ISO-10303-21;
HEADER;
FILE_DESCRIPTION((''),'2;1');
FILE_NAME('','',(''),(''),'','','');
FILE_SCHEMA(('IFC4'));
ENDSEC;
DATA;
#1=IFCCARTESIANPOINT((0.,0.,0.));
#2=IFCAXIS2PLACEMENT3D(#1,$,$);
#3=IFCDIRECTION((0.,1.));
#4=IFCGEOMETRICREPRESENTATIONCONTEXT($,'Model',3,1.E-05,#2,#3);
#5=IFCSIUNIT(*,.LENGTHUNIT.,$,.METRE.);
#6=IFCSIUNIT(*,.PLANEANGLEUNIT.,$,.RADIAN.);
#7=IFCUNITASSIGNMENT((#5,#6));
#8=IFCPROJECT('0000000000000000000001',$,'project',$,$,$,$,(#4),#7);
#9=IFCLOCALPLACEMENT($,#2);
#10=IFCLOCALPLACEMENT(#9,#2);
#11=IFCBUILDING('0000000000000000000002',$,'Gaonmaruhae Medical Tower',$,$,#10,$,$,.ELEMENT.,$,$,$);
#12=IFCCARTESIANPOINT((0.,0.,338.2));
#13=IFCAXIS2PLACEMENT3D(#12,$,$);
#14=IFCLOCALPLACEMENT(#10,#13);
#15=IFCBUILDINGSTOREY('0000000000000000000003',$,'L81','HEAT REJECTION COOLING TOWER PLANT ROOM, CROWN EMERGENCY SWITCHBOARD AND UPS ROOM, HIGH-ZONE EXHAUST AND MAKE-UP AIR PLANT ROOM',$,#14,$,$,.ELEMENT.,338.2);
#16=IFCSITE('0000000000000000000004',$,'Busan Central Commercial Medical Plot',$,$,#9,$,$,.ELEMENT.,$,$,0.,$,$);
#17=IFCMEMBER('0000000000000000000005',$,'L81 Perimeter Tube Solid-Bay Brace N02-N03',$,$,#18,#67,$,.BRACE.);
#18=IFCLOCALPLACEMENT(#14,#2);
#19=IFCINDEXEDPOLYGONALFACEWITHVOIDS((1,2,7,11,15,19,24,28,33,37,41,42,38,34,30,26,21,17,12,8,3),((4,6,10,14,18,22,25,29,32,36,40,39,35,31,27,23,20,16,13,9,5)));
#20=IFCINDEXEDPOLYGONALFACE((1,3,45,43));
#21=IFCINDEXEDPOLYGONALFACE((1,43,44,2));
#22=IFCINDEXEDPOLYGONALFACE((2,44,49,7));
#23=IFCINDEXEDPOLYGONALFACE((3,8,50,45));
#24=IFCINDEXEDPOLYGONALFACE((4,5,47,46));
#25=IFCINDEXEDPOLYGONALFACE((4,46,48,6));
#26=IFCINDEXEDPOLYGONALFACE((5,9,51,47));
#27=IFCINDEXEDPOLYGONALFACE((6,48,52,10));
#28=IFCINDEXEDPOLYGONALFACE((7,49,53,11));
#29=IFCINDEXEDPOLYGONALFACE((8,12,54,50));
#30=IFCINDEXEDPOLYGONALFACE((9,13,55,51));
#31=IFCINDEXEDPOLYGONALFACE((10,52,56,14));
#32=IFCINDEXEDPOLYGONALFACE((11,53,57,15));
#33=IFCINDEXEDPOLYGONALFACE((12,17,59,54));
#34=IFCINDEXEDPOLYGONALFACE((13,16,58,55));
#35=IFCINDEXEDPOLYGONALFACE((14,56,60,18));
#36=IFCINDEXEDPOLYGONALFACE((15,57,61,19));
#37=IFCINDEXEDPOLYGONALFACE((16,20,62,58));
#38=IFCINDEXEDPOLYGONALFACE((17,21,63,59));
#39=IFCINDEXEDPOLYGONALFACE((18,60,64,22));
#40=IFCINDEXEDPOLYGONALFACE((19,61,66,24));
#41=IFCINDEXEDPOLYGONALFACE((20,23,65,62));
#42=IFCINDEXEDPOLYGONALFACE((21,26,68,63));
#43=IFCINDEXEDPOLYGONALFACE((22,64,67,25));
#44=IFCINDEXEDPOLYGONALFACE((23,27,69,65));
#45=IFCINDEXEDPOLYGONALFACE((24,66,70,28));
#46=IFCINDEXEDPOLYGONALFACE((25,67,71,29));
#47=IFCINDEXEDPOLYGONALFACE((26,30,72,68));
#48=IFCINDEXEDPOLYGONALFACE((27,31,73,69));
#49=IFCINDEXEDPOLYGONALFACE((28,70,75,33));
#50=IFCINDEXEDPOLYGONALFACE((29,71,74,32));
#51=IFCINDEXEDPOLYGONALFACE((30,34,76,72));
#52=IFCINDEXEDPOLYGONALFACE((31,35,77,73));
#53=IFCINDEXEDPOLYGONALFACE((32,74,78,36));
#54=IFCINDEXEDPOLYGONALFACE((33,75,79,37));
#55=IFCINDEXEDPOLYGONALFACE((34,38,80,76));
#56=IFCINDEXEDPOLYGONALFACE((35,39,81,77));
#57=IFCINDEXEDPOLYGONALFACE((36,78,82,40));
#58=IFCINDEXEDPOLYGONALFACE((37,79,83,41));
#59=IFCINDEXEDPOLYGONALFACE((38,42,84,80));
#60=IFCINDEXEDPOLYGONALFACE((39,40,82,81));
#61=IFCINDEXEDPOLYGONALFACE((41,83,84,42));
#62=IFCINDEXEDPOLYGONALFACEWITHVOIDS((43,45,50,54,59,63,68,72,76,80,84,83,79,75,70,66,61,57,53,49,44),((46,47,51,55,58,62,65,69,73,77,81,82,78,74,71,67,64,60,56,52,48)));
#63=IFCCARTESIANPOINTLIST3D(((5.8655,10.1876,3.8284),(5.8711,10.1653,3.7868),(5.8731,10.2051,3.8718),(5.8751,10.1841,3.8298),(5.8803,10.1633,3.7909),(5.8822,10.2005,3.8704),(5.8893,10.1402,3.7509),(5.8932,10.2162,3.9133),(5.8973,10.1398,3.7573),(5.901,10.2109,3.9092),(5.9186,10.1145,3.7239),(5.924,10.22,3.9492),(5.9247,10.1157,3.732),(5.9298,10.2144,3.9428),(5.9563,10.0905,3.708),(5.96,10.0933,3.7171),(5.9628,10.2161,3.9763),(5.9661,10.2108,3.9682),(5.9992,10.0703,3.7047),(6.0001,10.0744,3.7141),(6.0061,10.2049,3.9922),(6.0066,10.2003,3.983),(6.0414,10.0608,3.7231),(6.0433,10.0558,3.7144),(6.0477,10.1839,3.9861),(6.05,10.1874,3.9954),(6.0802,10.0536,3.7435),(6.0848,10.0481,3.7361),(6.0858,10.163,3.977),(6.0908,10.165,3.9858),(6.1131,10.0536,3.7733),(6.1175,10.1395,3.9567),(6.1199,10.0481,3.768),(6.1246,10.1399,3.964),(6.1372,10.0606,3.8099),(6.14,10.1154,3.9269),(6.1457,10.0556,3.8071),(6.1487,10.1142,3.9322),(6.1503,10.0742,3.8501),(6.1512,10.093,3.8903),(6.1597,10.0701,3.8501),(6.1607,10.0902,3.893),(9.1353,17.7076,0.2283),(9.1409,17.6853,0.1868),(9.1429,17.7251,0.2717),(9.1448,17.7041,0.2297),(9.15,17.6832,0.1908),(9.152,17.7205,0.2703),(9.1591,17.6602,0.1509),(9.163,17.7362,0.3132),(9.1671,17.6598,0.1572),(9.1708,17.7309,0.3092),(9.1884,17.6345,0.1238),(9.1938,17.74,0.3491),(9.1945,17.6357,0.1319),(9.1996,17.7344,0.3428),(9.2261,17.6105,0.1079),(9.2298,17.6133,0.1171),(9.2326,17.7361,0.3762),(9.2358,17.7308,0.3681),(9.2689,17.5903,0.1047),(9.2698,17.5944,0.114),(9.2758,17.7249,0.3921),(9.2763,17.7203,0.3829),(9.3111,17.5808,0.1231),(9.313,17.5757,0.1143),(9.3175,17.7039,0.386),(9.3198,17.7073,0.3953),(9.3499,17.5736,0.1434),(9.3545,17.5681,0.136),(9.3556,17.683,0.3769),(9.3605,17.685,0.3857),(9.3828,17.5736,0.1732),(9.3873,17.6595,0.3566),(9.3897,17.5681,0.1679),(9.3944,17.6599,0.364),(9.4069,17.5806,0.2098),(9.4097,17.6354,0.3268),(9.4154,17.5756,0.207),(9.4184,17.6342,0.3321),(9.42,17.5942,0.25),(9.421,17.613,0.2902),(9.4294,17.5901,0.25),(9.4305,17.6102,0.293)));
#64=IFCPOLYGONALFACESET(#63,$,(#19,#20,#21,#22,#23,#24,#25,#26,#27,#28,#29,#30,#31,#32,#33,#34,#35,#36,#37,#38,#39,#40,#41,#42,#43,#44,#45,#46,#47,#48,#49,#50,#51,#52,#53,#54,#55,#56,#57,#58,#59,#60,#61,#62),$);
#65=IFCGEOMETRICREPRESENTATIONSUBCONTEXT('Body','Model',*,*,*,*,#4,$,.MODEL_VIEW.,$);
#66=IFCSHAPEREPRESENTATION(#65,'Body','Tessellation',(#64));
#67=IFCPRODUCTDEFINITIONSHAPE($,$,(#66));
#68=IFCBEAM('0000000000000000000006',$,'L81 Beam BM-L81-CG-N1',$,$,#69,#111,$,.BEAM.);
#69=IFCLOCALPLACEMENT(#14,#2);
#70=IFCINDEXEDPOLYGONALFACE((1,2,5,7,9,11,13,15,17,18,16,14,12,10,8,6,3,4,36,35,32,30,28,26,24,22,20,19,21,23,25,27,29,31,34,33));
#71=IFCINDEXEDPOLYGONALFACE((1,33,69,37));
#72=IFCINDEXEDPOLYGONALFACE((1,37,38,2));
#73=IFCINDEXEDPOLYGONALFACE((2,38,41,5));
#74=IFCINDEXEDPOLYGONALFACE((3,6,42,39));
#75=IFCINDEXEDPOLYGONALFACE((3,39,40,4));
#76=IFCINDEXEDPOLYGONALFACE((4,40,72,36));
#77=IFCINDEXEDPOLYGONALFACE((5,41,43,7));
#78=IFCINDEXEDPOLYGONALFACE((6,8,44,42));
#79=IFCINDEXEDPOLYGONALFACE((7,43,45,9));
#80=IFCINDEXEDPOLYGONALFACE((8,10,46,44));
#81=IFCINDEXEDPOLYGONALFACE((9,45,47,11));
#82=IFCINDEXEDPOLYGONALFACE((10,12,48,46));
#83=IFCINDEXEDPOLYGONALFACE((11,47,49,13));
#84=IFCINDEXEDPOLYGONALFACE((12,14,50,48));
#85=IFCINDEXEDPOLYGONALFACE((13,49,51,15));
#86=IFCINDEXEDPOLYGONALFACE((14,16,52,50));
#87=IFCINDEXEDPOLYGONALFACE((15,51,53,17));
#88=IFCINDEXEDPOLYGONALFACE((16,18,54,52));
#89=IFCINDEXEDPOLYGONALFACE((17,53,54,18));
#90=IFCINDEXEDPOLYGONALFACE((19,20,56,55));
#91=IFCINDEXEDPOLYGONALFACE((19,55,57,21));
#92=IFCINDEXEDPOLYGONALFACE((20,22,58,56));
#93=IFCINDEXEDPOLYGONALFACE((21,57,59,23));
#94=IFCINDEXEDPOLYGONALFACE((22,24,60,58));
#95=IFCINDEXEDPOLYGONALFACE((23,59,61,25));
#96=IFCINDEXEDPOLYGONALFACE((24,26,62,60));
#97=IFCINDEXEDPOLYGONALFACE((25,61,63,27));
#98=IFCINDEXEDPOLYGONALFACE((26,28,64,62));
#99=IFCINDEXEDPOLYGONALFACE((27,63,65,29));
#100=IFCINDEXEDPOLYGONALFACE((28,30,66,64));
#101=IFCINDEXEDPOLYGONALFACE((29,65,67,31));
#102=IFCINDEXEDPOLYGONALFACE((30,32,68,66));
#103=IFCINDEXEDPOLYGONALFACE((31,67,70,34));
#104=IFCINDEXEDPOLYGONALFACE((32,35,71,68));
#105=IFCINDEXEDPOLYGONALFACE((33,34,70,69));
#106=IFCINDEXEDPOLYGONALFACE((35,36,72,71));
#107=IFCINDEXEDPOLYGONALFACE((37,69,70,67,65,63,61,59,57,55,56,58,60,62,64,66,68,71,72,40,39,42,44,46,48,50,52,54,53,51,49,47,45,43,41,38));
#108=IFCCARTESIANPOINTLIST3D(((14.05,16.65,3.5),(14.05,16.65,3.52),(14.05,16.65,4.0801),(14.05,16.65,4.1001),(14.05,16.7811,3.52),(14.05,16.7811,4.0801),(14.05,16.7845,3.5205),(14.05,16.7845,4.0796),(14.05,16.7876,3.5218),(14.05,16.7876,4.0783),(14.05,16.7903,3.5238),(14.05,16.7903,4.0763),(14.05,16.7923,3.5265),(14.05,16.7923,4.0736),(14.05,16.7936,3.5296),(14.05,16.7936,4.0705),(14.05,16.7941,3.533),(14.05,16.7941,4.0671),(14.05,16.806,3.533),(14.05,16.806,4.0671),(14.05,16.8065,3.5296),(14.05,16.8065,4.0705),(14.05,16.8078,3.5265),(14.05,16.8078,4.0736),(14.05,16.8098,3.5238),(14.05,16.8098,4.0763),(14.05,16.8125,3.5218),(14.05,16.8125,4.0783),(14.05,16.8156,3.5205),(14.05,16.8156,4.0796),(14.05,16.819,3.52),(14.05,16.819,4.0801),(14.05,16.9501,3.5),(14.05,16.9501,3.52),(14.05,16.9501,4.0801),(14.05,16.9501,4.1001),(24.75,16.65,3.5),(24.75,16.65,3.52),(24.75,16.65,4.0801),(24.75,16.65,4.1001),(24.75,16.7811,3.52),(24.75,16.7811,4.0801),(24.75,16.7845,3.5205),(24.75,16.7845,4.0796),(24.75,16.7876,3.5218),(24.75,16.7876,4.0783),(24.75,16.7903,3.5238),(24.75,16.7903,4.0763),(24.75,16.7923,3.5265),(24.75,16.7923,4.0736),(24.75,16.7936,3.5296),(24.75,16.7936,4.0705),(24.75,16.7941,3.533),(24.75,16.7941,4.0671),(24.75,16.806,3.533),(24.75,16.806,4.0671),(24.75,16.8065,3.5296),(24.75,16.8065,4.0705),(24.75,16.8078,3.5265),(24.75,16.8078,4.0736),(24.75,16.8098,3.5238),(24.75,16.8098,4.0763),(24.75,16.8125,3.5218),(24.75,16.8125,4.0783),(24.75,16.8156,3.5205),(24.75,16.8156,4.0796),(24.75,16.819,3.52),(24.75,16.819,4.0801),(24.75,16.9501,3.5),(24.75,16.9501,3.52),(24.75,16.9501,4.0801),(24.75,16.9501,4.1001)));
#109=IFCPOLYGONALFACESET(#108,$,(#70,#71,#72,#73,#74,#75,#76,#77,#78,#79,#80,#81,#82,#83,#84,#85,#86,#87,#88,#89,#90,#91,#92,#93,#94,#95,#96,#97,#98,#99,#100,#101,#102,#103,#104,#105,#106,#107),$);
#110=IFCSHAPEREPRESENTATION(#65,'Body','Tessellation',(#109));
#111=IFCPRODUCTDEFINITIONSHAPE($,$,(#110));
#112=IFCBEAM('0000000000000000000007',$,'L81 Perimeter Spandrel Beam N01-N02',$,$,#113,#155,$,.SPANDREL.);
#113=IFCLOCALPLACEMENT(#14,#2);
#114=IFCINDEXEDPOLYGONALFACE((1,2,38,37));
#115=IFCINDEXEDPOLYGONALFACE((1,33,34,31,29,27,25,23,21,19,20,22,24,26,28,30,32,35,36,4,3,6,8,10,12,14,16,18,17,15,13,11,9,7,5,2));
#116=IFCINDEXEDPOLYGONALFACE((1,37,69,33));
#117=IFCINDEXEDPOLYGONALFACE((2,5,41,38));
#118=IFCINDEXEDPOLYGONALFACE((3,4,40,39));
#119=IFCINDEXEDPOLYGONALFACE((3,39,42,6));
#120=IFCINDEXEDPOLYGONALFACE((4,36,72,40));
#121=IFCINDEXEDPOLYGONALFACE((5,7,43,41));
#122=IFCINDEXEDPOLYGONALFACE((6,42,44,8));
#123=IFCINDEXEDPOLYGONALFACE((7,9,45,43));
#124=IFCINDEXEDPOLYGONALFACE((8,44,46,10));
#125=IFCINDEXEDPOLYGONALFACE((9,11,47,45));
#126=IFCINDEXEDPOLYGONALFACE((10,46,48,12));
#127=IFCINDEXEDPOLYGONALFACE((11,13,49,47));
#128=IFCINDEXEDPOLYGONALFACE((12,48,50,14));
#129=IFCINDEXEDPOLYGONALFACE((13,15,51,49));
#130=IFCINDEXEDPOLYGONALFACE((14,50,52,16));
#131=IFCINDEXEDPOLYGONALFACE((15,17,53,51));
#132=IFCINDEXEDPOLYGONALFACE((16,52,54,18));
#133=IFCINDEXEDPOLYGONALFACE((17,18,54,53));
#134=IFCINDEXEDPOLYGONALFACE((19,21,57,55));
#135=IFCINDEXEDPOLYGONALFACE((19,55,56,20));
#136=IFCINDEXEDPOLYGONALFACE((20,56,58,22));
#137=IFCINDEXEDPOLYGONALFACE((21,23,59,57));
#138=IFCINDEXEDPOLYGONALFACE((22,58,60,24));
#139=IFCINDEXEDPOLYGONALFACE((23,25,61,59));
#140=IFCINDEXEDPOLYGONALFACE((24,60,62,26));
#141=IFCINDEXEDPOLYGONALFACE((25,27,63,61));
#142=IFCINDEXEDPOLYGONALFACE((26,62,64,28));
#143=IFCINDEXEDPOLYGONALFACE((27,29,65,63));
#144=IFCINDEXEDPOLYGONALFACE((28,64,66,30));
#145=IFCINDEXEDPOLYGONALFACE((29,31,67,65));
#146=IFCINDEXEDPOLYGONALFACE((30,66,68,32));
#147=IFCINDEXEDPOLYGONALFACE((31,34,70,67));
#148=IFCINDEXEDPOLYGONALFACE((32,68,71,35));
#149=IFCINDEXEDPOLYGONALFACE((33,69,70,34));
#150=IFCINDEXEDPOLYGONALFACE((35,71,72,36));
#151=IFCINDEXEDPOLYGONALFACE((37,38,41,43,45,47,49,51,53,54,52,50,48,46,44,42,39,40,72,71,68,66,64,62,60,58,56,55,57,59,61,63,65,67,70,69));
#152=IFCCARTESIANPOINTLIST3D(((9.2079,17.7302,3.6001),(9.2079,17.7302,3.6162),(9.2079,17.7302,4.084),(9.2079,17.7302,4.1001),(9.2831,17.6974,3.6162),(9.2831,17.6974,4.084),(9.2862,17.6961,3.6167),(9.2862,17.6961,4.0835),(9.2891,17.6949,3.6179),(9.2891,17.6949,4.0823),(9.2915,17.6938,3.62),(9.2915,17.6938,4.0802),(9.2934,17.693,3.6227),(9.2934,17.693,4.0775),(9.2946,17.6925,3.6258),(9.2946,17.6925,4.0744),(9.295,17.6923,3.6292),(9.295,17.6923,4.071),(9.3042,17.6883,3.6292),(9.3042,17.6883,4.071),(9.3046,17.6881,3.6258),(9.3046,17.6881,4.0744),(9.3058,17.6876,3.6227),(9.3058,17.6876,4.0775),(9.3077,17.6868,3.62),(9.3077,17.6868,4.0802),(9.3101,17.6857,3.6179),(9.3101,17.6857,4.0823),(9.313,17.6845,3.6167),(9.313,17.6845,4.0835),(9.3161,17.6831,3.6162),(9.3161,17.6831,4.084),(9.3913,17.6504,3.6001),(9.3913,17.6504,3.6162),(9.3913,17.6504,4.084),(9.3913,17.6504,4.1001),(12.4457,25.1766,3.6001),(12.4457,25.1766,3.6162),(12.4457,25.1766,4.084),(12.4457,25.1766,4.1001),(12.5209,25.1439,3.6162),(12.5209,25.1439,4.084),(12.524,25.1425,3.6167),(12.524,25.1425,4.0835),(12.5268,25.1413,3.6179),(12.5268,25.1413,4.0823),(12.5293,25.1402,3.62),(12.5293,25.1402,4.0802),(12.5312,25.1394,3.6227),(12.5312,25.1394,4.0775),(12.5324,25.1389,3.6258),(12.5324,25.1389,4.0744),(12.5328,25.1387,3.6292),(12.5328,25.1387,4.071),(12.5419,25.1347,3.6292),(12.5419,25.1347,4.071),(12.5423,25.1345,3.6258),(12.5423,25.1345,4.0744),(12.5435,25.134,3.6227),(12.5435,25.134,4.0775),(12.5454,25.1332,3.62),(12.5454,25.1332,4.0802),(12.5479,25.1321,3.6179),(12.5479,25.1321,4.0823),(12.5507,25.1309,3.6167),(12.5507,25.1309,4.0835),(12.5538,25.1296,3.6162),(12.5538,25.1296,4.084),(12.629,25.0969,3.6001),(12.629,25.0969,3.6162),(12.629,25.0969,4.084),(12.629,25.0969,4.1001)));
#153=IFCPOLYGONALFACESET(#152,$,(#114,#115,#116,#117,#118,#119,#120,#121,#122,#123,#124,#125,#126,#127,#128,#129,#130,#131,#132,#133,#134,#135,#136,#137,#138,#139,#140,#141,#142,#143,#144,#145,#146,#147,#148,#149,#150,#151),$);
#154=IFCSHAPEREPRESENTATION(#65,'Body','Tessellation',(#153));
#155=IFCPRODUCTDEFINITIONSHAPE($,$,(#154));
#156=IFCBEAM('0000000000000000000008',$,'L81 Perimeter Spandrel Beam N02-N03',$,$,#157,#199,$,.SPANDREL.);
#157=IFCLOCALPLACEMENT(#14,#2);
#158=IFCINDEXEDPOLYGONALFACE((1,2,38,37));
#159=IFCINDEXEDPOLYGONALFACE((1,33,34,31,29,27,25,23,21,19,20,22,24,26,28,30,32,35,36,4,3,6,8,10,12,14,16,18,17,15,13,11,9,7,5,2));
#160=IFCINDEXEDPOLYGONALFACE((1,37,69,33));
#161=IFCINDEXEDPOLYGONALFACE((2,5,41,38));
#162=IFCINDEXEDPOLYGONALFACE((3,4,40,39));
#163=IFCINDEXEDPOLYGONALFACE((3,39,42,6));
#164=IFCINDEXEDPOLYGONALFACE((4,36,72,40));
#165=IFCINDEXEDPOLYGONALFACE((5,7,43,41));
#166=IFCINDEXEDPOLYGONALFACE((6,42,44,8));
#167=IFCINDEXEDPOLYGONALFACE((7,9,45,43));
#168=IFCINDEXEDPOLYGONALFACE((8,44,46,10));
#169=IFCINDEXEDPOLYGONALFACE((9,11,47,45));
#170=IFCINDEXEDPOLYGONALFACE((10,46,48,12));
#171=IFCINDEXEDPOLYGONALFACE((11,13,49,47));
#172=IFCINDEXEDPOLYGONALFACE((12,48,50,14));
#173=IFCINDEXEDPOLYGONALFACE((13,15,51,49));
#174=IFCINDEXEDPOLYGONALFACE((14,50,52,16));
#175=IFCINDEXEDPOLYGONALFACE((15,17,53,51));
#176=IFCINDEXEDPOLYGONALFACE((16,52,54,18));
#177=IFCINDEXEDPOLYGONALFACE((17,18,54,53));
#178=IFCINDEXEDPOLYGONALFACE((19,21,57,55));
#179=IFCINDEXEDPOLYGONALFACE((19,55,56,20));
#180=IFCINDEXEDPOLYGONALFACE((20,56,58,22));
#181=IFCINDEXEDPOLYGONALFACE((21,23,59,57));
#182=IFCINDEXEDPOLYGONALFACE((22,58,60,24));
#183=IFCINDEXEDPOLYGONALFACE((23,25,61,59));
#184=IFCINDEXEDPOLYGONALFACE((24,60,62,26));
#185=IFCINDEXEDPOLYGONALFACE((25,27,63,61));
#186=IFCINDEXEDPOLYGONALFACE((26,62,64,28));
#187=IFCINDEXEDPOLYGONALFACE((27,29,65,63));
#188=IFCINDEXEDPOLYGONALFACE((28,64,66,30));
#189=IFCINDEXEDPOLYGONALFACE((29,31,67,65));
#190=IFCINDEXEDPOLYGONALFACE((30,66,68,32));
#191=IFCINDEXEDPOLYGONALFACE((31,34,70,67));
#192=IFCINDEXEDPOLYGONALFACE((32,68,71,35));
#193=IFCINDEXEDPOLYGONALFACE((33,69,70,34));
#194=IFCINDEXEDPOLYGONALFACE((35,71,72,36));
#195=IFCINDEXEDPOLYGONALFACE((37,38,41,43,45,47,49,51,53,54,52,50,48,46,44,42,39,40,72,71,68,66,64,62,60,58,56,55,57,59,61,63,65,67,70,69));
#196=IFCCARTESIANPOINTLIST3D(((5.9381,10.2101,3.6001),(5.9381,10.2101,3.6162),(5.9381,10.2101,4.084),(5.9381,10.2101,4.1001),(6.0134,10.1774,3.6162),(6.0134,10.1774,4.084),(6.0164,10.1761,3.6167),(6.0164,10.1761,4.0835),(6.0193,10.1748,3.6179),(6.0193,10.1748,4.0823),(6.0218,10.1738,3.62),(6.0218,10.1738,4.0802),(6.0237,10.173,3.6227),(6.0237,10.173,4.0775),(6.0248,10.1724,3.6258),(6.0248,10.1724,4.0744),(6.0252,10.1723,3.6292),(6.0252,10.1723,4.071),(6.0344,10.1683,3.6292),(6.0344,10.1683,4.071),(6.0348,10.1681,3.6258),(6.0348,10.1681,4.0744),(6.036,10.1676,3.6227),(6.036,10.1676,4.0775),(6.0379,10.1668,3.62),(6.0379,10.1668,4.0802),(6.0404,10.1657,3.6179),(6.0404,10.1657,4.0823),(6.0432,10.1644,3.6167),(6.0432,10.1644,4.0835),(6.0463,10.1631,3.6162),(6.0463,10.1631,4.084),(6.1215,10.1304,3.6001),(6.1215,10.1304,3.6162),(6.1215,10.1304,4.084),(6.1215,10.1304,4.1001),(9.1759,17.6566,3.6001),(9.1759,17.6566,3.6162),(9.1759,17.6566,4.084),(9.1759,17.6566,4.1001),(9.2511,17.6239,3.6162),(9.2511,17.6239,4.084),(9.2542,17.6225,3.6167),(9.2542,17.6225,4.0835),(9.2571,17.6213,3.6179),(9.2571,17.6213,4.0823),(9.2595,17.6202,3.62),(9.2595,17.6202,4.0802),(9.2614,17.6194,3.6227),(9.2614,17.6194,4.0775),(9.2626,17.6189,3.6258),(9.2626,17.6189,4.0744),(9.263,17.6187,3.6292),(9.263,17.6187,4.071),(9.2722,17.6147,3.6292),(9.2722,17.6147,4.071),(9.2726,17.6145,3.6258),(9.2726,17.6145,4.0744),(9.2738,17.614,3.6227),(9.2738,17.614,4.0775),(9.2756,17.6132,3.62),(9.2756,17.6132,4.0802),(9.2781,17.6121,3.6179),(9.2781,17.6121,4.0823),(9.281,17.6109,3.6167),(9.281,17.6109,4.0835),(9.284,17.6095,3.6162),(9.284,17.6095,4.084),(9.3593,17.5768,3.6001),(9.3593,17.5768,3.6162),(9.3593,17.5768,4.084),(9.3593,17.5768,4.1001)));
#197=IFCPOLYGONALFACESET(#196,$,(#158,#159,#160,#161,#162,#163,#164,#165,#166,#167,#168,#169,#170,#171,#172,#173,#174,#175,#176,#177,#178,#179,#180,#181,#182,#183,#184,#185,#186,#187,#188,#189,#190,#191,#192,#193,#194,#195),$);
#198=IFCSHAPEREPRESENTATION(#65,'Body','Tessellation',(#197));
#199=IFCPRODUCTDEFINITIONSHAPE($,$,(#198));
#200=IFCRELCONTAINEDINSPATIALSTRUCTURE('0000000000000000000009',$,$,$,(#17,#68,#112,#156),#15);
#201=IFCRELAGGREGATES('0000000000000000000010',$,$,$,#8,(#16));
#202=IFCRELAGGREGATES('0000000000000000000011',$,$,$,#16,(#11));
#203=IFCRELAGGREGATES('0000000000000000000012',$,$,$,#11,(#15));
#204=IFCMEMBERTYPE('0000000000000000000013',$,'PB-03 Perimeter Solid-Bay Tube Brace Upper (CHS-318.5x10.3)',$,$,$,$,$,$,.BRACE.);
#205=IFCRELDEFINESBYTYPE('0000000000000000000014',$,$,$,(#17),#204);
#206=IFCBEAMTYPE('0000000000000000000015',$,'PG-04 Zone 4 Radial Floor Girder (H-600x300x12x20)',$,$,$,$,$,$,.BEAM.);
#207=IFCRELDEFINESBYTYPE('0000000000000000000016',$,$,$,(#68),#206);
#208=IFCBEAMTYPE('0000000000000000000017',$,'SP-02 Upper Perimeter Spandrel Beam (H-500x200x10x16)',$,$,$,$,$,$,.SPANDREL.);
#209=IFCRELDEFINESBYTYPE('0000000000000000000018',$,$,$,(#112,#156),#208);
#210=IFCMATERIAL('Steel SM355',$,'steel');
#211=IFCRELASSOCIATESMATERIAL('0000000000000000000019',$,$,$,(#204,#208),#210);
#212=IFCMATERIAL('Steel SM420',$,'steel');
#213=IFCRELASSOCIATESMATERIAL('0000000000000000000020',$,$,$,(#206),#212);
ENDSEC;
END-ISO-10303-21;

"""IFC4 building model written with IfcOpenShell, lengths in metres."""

from ifc_helpers import new_model, si_unit, direction, frame, origin, origin_2d, place, context, subcontext, project, spatial, hollow_circle, i_section, extrude, material, material_profile, profile_set, type_object, element, save


model = new_model("IFC4")

# Units and contexts
model_context = context("Model", 3, precision=1e-05, world=origin(), true_north=direction((0.0, 1.0)))
body_context = subcontext(model_context, "Body", "Model", "MODEL_VIEW")
ifc_project = project(units=[si_unit("LENGTHUNIT", "METRE"), si_unit("PLANEANGLEUNIT", "RADIAN")], contexts=[model_context])

# Site, building, storey
site_placement = place(None, origin())
site = spatial("IfcSite", under=ifc_project, at=site_placement, Name="Busan Central Commercial Medical Plot", CompositionType="ELEMENT", RefElevation=0.0)
building_placement = place(site_placement, origin())
building = spatial("IfcBuilding", under=site, at=building_placement, Name="Gaonmaruhae Medical Tower", CompositionType="ELEMENT")
storey_placement = place(building_placement, frame((0.0, 0.0, 338.2)))
storey = spatial("IfcBuildingStorey", under=building, at=storey_placement, Name="L81", Description="HEAT REJECTION COOLING TOWER PLANT ROOM, CROWN EMERGENCY SWITCHBOARD AND UPS ROOM, HIGH-ZONE EXHAUST AND MAKE-UP AIR PLANT ROOM", CompositionType="ELEMENT", Elevation=338.2)

# Shared definitions
ifc_material_1 = material(Name="Steel SM420", Category="steel")

# Shared definitions
ifc_material_2 = material(Name="Steel SM355", Category="steel")

# Member
ifc_material_profile_1 = material_profile(ifc_material_2, hollow_circle(Radius=0.1592, WallThickness=0.0103, at=origin_2d()), Name="CHS-318.5x10.3")
ifc_profile_set_1 = profile_set([ifc_material_profile_1], Name="Steel SM355")
member_type = type_object("IfcMemberType", Name="PB-03 Perimeter Solid-Bay Tube Brace Upper (CHS-318.5x10.3)", PredefinedType="BRACE", material=ifc_profile_set_1)
member_placement = place(storey_placement, frame((9.2834, 17.6536, 0.25), z_axis=(-0.365109, -0.8397, 0.401994), x_axis=(0.917061, -0.398747, 0.0)))
element("IfcMember", 1, at=member_placement, inside=storey, type_object=member_type, Name="L81 Perimeter Tube Solid-Bay Brace N02-N03", PredefinedType="BRACE", context=body_context, shape_type="SweptSolid", body=[
    extrude(hollow_circle(Radius=0.1592, WallThickness=0.0103, at=origin_2d()), origin(), (0.0, 0.0, 1.0), 8.9556),
])

# Beams
ifc_material_profile_2 = material_profile(ifc_material_1, i_section(OverallWidth=0.3, OverallDepth=0.6001, WebThickness=0.012, FlangeThickness=0.02, FilletRadius=0.0129, at=origin_2d()), Name="H-600x300x12x20")
ifc_profile_set_2 = profile_set([ifc_material_profile_2], Name="Steel SM420")
beam_type_1 = type_object("IfcBeamType", Name="PG-04 Zone 4 Radial Floor Girder (H-600x300x12x20)", PredefinedType="BEAM", material=ifc_profile_set_2)
beam_1_placement = place(storey_placement, frame((14.05, 16.8, 3.8), z_axis=(1.0, 0.0, 0.0), x_axis=(0.0, 1.0, 0.0)))
element("IfcBeam", 2, at=beam_1_placement, inside=storey, type_object=beam_type_1, Name="L81 Beam BM-L81-CG-N1", PredefinedType="BEAM", context=body_context, shape_type="SweptSolid", body=[
    extrude(i_section(OverallWidth=0.3, OverallDepth=0.6001, WebThickness=0.012, FlangeThickness=0.02, FilletRadius=0.0129, at=origin_2d()), origin(), (0.0, 0.0, 1.0), 10.7),
])
ifc_material_profile_3 = material_profile(ifc_material_2, i_section(OverallWidth=0.2, OverallDepth=0.5, WebThickness=0.01, FlangeThickness=0.0161, FilletRadius=0.0129, at=origin_2d()), Name="H-500x200x10x16")
ifc_profile_set_3 = profile_set([ifc_material_profile_3], Name="Steel SM355")
beam_type_2 = type_object("IfcBeamType", Name="SP-02 Upper Perimeter Spandrel Beam (H-500x200x10x16)", PredefinedType="SPANDREL", material=ifc_profile_set_3)
for number, where, z_axis, x_axis, name in (
    (3, (12.5374, 25.1367, 3.8501), (-0.398744, -0.917062, 0.0), (0.917062, -0.398744, 0.0), "L81 Perimeter Spandrel Beam N01-N02"),
    (4, (9.2676, 17.6167, 3.8501), (-0.398744, -0.917062, 0.0), (0.917062, -0.398744, 0.0), "L81 Perimeter Spandrel Beam N02-N03"),
):
    element("IfcBeam", number, at=place(storey_placement, frame(where, z_axis=z_axis, x_axis=x_axis)), inside=storey, type_object=beam_type_2, Name=name, PredefinedType="SPANDREL", context=body_context, shape_type="SweptSolid", body=[
        extrude(i_section(OverallWidth=0.2, OverallDepth=0.5, WebThickness=0.01, FlangeThickness=0.0161, FilletRadius=0.0129, at=origin_2d()), origin(), (0.0, 0.0, 1.0), 8.1199),
    ])

save(model, "model.ifc")
